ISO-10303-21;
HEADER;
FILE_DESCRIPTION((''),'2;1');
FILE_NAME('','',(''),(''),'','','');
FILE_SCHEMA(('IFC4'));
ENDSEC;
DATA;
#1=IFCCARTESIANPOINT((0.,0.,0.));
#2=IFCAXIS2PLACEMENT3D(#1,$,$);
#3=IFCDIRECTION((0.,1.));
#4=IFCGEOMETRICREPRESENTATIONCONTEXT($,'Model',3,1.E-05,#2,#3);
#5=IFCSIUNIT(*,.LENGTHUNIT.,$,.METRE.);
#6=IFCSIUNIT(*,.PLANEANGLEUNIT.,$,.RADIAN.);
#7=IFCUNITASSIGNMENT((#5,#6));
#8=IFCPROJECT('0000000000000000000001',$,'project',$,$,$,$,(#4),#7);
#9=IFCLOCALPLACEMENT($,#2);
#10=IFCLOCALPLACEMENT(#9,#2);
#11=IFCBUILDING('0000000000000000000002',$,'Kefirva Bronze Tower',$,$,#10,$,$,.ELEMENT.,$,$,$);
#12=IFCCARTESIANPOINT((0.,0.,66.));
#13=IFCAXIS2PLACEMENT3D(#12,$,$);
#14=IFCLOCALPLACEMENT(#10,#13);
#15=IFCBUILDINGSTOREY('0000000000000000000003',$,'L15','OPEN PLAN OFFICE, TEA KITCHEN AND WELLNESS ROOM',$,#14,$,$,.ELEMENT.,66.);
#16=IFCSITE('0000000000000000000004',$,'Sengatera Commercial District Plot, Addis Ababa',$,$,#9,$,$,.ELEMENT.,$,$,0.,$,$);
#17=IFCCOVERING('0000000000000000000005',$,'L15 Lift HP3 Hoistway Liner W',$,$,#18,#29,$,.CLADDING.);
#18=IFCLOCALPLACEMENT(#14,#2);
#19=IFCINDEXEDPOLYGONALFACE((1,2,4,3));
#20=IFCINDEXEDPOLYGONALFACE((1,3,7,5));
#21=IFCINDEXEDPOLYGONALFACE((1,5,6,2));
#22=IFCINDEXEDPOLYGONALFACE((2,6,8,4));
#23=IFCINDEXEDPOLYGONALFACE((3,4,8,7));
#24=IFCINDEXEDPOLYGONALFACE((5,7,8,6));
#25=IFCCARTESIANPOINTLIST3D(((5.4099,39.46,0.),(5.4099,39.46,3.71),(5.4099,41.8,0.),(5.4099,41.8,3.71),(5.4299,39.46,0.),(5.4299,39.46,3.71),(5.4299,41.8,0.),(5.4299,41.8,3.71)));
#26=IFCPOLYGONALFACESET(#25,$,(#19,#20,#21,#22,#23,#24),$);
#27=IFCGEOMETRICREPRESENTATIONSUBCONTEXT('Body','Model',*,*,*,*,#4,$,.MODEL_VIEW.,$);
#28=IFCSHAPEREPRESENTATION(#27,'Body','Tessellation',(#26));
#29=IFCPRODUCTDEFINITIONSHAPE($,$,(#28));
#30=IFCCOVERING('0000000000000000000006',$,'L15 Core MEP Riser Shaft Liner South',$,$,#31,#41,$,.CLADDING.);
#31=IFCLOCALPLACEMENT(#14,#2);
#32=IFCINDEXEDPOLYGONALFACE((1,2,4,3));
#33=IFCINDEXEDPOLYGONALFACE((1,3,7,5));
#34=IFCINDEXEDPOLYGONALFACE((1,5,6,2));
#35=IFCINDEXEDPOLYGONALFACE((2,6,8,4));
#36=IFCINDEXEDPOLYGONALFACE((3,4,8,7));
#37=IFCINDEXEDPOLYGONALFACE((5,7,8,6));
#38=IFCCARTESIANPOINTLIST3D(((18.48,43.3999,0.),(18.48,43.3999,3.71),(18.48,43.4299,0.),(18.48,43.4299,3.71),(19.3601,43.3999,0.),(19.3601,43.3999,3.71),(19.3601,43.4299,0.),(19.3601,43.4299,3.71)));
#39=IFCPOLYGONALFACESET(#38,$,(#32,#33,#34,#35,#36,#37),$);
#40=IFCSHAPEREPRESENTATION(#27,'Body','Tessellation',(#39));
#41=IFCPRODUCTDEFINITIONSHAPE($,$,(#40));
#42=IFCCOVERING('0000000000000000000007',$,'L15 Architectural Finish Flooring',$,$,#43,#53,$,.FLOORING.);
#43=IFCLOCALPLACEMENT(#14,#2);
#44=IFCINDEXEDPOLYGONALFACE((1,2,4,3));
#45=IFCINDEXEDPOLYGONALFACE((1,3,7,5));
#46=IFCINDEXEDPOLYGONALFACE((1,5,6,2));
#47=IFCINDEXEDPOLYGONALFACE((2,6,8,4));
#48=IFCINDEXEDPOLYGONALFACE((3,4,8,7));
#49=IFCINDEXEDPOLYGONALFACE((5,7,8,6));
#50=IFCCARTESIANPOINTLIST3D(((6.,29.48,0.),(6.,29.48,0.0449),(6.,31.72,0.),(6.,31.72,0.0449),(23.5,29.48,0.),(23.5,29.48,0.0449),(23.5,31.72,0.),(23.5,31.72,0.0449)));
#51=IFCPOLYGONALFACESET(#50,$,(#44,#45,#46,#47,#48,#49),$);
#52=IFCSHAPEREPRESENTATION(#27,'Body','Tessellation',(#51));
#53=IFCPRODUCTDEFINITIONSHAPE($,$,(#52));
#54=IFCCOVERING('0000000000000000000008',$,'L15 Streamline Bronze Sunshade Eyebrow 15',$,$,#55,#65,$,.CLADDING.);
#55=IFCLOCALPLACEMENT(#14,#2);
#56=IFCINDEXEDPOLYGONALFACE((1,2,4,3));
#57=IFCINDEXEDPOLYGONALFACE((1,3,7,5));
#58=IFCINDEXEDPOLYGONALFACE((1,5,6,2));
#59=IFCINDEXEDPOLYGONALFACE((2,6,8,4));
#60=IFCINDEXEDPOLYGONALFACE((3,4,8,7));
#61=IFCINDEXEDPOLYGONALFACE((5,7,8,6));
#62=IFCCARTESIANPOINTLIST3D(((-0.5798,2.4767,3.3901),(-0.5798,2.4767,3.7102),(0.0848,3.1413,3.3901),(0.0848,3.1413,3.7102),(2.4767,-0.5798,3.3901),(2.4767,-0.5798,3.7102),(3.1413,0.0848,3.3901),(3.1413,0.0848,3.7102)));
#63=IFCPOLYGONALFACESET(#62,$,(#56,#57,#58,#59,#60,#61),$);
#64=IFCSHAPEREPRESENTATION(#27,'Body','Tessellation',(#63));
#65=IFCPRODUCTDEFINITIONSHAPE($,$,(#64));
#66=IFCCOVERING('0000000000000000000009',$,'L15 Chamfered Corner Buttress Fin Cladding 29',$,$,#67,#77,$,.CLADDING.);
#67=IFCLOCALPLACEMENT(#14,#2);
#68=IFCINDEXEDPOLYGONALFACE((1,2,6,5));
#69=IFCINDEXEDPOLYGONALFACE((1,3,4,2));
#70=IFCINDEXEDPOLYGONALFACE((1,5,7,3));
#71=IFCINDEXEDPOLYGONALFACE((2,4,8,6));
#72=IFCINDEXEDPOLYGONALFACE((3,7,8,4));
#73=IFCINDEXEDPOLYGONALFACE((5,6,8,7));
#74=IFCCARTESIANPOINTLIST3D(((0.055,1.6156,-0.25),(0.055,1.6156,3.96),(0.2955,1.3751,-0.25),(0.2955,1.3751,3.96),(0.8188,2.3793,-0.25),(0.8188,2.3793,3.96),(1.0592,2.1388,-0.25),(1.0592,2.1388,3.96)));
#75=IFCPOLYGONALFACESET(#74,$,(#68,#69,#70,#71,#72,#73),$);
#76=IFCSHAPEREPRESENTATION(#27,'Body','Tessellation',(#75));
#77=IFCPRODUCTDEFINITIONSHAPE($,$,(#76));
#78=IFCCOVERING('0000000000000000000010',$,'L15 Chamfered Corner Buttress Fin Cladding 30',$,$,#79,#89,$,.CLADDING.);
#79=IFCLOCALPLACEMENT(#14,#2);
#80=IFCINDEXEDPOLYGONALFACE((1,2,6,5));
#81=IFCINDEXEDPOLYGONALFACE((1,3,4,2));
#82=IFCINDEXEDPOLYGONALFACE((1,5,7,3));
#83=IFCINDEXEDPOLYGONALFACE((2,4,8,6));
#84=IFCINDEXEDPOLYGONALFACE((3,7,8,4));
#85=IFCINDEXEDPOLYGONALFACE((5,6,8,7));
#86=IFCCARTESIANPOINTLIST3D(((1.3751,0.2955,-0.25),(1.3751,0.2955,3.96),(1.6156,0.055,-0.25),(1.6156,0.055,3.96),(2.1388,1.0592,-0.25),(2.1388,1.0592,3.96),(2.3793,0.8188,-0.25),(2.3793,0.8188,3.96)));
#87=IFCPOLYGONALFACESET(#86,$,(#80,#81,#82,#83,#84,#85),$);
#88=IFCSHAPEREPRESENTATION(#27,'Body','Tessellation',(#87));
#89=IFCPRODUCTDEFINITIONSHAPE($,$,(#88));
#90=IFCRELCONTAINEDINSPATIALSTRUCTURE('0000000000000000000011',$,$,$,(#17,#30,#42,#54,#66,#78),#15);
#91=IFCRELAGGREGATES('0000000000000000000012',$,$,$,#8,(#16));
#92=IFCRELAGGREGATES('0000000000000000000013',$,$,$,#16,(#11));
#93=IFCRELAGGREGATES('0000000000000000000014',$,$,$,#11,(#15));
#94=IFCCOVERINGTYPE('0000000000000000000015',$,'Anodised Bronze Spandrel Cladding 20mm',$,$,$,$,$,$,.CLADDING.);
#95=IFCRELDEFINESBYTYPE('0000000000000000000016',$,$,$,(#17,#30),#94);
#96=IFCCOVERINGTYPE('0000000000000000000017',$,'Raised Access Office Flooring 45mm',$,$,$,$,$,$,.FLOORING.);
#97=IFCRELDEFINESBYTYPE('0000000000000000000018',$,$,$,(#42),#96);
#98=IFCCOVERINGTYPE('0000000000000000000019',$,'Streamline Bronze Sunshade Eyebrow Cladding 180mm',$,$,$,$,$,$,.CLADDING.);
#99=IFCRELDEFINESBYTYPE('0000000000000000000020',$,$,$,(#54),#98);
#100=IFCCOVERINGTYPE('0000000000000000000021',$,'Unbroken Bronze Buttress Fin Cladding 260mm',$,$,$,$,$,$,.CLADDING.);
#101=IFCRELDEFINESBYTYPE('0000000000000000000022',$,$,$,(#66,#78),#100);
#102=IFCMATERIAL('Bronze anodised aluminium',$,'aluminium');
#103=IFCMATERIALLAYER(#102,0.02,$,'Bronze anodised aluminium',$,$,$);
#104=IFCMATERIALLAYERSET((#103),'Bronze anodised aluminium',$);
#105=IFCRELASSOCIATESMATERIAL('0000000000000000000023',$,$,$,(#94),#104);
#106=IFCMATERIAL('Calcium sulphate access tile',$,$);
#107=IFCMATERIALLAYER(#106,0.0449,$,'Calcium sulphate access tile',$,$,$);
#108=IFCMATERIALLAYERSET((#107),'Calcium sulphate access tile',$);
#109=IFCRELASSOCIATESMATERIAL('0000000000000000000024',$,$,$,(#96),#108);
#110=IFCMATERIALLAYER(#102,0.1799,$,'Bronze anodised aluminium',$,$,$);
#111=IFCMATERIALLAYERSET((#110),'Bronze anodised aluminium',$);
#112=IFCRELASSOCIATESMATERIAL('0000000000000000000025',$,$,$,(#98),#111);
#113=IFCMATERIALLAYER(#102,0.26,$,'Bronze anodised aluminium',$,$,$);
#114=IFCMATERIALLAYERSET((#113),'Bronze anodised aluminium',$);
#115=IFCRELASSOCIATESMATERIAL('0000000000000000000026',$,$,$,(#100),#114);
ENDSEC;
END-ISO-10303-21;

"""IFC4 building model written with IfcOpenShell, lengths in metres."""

from ifc_helpers import new_model, si_unit, direction, frame, origin, origin_2d, place, context, subcontext, project, spatial, polyline, rectangle, outline, extrude, material, layer, layer_set, type_object, element, save


model = new_model("IFC4")

# Units and contexts
model_context = context("Model", 3, precision=1e-05, world=origin(), true_north=direction((0.0, 1.0)))
body_context = subcontext(model_context, "Body", "Model", "MODEL_VIEW")
ifc_project = project(units=[si_unit("LENGTHUNIT", "METRE"), si_unit("PLANEANGLEUNIT", "RADIAN")], contexts=[model_context])

# Site, building, storey
site_placement = place(None, origin())
site = spatial("IfcSite", under=ifc_project, at=site_placement, Name="Sengatera Commercial District Plot, Addis Ababa", CompositionType="ELEMENT", RefElevation=0.0)
building_placement = place(site_placement, origin())
building = spatial("IfcBuilding", under=site, at=building_placement, Name="Kefirva Bronze Tower", CompositionType="ELEMENT")
storey_placement = place(building_placement, frame((0.0, 0.0, 66.0)))
storey = spatial("IfcBuildingStorey", under=building, at=storey_placement, Name="L15", Description="OPEN PLAN OFFICE, TEA KITCHEN AND WELLNESS ROOM", CompositionType="ELEMENT", Elevation=66.0)

# Shared definitions
ifc_material_1 = material(Name="Bronze anodised aluminium", Category="aluminium")

# Coverings
ifc_layer_1 = layer(ifc_material_1, 0.02, Name="Bronze anodised aluminium")
ifc_layer_set_1 = layer_set([ifc_layer_1], Name="Bronze anodised aluminium")
covering_type_1 = type_object("IfcCoveringType", Name="Anodised Bronze Spandrel Cladding 20mm", PredefinedType="CLADDING", material=ifc_layer_set_1)
covering_1_placement = place(storey_placement, origin())
element("IfcCovering", 1, at=covering_1_placement, inside=storey, type_object=covering_type_1, Name="L15 Lift HP3 Hoistway Liner W", PredefinedType="CLADDING", context=body_context, shape_type="SweptSolid", body=[
    extrude(outline(polyline([(5.4099, 39.46), (5.4299, 39.46), (5.4299, 41.8), (5.4099, 41.8), (5.4099, 39.46)])), origin(), (0.0, 0.0, 1.0), 3.71),
])
covering_2_placement = place(storey_placement, origin())
element("IfcCovering", 2, at=covering_2_placement, inside=storey, type_object=covering_type_1, Name="L15 Core MEP Riser Shaft Liner South", PredefinedType="CLADDING", context=body_context, shape_type="SweptSolid", body=[
    extrude(outline(polyline([(18.48, 43.3999), (19.3601, 43.3999), (19.3601, 43.4299), (18.48, 43.4299), (18.48, 43.3999)])), origin(), (0.0, 0.0, 1.0), 3.71),
])
ifc_material_2 = material(Name="Calcium sulphate access tile")
ifc_layer_2 = layer(ifc_material_2, 0.0449, Name="Calcium sulphate access tile")
ifc_layer_set_2 = layer_set([ifc_layer_2], Name="Calcium sulphate access tile")
covering_type_2 = type_object("IfcCoveringType", Name="Raised Access Office Flooring 45mm", PredefinedType="FLOORING", material=ifc_layer_set_2)
covering_3_placement = place(storey_placement, origin())
element("IfcCovering", 3, at=covering_3_placement, inside=storey, type_object=covering_type_2, Name="L15 Architectural Finish Flooring", PredefinedType="FLOORING", context=body_context, shape_type="SweptSolid", body=[
    extrude(outline(polyline([(6.0, 29.48), (23.5, 29.48), (23.5, 31.72), (6.0, 31.72), (6.0, 29.48)])), origin(), (0.0, 0.0, 1.0), 0.0449),
])
ifc_layer_3 = layer(ifc_material_1, 0.1799, Name="Bronze anodised aluminium")
ifc_layer_set_3 = layer_set([ifc_layer_3], Name="Bronze anodised aluminium")
covering_type_3 = type_object("IfcCoveringType", Name="Streamline Bronze Sunshade Eyebrow Cladding 180mm", PredefinedType="CLADDING", material=ifc_layer_set_3)
covering_4_placement = place(storey_placement, frame((1.2808, 1.2808, 3.3901), z_axis=(0.0, 0.0, 1.0), x_axis=(0.707107, -0.707107, 0.0)))
element("IfcCovering", 4, at=covering_4_placement, inside=storey, type_object=covering_type_3, Name="L15 Streamline Bronze Sunshade Eyebrow 15", PredefinedType="CLADDING", context=body_context, shape_type="SweptSolid", body=[
    extrude(rectangle(XDim=4.3225, YDim=0.9399, at=origin_2d()), origin(), (0.0, 0.0, 1.0), 0.3201),
])
ifc_layer_4 = layer(ifc_material_1, 0.26, Name="Bronze anodised aluminium")
ifc_layer_set_4 = layer_set([ifc_layer_4], Name="Bronze anodised aluminium")
covering_type_4 = type_object("IfcCoveringType", Name="Unbroken Bronze Buttress Fin Cladding 260mm", PredefinedType="CLADDING", material=ifc_layer_set_4)
for number, where, z_axis, x_axis, name in (
    (5, (0.5571, 1.8772, -0.25), (0.0, 0.0, 1.0), (0.707107, -0.707107, 0.0), "L15 Chamfered Corner Buttress Fin Cladding 29"),
    (6, (1.8772, 0.5571, -0.25), (0.0, 0.0, 1.0), (0.707107, -0.707107, 0.0), "L15 Chamfered Corner Buttress Fin Cladding 30"),
):
    element("IfcCovering", number, at=place(storey_placement, frame(where, z_axis=z_axis, x_axis=x_axis)), inside=storey, type_object=covering_type_4, Name=name, PredefinedType="CLADDING", context=body_context, shape_type="SweptSolid", body=[
        extrude(rectangle(XDim=0.3401, YDim=1.0801, at=origin_2d()), origin(), (0.0, 0.0, 1.0), 4.21),
    ])

save(model, "model.ifc")
